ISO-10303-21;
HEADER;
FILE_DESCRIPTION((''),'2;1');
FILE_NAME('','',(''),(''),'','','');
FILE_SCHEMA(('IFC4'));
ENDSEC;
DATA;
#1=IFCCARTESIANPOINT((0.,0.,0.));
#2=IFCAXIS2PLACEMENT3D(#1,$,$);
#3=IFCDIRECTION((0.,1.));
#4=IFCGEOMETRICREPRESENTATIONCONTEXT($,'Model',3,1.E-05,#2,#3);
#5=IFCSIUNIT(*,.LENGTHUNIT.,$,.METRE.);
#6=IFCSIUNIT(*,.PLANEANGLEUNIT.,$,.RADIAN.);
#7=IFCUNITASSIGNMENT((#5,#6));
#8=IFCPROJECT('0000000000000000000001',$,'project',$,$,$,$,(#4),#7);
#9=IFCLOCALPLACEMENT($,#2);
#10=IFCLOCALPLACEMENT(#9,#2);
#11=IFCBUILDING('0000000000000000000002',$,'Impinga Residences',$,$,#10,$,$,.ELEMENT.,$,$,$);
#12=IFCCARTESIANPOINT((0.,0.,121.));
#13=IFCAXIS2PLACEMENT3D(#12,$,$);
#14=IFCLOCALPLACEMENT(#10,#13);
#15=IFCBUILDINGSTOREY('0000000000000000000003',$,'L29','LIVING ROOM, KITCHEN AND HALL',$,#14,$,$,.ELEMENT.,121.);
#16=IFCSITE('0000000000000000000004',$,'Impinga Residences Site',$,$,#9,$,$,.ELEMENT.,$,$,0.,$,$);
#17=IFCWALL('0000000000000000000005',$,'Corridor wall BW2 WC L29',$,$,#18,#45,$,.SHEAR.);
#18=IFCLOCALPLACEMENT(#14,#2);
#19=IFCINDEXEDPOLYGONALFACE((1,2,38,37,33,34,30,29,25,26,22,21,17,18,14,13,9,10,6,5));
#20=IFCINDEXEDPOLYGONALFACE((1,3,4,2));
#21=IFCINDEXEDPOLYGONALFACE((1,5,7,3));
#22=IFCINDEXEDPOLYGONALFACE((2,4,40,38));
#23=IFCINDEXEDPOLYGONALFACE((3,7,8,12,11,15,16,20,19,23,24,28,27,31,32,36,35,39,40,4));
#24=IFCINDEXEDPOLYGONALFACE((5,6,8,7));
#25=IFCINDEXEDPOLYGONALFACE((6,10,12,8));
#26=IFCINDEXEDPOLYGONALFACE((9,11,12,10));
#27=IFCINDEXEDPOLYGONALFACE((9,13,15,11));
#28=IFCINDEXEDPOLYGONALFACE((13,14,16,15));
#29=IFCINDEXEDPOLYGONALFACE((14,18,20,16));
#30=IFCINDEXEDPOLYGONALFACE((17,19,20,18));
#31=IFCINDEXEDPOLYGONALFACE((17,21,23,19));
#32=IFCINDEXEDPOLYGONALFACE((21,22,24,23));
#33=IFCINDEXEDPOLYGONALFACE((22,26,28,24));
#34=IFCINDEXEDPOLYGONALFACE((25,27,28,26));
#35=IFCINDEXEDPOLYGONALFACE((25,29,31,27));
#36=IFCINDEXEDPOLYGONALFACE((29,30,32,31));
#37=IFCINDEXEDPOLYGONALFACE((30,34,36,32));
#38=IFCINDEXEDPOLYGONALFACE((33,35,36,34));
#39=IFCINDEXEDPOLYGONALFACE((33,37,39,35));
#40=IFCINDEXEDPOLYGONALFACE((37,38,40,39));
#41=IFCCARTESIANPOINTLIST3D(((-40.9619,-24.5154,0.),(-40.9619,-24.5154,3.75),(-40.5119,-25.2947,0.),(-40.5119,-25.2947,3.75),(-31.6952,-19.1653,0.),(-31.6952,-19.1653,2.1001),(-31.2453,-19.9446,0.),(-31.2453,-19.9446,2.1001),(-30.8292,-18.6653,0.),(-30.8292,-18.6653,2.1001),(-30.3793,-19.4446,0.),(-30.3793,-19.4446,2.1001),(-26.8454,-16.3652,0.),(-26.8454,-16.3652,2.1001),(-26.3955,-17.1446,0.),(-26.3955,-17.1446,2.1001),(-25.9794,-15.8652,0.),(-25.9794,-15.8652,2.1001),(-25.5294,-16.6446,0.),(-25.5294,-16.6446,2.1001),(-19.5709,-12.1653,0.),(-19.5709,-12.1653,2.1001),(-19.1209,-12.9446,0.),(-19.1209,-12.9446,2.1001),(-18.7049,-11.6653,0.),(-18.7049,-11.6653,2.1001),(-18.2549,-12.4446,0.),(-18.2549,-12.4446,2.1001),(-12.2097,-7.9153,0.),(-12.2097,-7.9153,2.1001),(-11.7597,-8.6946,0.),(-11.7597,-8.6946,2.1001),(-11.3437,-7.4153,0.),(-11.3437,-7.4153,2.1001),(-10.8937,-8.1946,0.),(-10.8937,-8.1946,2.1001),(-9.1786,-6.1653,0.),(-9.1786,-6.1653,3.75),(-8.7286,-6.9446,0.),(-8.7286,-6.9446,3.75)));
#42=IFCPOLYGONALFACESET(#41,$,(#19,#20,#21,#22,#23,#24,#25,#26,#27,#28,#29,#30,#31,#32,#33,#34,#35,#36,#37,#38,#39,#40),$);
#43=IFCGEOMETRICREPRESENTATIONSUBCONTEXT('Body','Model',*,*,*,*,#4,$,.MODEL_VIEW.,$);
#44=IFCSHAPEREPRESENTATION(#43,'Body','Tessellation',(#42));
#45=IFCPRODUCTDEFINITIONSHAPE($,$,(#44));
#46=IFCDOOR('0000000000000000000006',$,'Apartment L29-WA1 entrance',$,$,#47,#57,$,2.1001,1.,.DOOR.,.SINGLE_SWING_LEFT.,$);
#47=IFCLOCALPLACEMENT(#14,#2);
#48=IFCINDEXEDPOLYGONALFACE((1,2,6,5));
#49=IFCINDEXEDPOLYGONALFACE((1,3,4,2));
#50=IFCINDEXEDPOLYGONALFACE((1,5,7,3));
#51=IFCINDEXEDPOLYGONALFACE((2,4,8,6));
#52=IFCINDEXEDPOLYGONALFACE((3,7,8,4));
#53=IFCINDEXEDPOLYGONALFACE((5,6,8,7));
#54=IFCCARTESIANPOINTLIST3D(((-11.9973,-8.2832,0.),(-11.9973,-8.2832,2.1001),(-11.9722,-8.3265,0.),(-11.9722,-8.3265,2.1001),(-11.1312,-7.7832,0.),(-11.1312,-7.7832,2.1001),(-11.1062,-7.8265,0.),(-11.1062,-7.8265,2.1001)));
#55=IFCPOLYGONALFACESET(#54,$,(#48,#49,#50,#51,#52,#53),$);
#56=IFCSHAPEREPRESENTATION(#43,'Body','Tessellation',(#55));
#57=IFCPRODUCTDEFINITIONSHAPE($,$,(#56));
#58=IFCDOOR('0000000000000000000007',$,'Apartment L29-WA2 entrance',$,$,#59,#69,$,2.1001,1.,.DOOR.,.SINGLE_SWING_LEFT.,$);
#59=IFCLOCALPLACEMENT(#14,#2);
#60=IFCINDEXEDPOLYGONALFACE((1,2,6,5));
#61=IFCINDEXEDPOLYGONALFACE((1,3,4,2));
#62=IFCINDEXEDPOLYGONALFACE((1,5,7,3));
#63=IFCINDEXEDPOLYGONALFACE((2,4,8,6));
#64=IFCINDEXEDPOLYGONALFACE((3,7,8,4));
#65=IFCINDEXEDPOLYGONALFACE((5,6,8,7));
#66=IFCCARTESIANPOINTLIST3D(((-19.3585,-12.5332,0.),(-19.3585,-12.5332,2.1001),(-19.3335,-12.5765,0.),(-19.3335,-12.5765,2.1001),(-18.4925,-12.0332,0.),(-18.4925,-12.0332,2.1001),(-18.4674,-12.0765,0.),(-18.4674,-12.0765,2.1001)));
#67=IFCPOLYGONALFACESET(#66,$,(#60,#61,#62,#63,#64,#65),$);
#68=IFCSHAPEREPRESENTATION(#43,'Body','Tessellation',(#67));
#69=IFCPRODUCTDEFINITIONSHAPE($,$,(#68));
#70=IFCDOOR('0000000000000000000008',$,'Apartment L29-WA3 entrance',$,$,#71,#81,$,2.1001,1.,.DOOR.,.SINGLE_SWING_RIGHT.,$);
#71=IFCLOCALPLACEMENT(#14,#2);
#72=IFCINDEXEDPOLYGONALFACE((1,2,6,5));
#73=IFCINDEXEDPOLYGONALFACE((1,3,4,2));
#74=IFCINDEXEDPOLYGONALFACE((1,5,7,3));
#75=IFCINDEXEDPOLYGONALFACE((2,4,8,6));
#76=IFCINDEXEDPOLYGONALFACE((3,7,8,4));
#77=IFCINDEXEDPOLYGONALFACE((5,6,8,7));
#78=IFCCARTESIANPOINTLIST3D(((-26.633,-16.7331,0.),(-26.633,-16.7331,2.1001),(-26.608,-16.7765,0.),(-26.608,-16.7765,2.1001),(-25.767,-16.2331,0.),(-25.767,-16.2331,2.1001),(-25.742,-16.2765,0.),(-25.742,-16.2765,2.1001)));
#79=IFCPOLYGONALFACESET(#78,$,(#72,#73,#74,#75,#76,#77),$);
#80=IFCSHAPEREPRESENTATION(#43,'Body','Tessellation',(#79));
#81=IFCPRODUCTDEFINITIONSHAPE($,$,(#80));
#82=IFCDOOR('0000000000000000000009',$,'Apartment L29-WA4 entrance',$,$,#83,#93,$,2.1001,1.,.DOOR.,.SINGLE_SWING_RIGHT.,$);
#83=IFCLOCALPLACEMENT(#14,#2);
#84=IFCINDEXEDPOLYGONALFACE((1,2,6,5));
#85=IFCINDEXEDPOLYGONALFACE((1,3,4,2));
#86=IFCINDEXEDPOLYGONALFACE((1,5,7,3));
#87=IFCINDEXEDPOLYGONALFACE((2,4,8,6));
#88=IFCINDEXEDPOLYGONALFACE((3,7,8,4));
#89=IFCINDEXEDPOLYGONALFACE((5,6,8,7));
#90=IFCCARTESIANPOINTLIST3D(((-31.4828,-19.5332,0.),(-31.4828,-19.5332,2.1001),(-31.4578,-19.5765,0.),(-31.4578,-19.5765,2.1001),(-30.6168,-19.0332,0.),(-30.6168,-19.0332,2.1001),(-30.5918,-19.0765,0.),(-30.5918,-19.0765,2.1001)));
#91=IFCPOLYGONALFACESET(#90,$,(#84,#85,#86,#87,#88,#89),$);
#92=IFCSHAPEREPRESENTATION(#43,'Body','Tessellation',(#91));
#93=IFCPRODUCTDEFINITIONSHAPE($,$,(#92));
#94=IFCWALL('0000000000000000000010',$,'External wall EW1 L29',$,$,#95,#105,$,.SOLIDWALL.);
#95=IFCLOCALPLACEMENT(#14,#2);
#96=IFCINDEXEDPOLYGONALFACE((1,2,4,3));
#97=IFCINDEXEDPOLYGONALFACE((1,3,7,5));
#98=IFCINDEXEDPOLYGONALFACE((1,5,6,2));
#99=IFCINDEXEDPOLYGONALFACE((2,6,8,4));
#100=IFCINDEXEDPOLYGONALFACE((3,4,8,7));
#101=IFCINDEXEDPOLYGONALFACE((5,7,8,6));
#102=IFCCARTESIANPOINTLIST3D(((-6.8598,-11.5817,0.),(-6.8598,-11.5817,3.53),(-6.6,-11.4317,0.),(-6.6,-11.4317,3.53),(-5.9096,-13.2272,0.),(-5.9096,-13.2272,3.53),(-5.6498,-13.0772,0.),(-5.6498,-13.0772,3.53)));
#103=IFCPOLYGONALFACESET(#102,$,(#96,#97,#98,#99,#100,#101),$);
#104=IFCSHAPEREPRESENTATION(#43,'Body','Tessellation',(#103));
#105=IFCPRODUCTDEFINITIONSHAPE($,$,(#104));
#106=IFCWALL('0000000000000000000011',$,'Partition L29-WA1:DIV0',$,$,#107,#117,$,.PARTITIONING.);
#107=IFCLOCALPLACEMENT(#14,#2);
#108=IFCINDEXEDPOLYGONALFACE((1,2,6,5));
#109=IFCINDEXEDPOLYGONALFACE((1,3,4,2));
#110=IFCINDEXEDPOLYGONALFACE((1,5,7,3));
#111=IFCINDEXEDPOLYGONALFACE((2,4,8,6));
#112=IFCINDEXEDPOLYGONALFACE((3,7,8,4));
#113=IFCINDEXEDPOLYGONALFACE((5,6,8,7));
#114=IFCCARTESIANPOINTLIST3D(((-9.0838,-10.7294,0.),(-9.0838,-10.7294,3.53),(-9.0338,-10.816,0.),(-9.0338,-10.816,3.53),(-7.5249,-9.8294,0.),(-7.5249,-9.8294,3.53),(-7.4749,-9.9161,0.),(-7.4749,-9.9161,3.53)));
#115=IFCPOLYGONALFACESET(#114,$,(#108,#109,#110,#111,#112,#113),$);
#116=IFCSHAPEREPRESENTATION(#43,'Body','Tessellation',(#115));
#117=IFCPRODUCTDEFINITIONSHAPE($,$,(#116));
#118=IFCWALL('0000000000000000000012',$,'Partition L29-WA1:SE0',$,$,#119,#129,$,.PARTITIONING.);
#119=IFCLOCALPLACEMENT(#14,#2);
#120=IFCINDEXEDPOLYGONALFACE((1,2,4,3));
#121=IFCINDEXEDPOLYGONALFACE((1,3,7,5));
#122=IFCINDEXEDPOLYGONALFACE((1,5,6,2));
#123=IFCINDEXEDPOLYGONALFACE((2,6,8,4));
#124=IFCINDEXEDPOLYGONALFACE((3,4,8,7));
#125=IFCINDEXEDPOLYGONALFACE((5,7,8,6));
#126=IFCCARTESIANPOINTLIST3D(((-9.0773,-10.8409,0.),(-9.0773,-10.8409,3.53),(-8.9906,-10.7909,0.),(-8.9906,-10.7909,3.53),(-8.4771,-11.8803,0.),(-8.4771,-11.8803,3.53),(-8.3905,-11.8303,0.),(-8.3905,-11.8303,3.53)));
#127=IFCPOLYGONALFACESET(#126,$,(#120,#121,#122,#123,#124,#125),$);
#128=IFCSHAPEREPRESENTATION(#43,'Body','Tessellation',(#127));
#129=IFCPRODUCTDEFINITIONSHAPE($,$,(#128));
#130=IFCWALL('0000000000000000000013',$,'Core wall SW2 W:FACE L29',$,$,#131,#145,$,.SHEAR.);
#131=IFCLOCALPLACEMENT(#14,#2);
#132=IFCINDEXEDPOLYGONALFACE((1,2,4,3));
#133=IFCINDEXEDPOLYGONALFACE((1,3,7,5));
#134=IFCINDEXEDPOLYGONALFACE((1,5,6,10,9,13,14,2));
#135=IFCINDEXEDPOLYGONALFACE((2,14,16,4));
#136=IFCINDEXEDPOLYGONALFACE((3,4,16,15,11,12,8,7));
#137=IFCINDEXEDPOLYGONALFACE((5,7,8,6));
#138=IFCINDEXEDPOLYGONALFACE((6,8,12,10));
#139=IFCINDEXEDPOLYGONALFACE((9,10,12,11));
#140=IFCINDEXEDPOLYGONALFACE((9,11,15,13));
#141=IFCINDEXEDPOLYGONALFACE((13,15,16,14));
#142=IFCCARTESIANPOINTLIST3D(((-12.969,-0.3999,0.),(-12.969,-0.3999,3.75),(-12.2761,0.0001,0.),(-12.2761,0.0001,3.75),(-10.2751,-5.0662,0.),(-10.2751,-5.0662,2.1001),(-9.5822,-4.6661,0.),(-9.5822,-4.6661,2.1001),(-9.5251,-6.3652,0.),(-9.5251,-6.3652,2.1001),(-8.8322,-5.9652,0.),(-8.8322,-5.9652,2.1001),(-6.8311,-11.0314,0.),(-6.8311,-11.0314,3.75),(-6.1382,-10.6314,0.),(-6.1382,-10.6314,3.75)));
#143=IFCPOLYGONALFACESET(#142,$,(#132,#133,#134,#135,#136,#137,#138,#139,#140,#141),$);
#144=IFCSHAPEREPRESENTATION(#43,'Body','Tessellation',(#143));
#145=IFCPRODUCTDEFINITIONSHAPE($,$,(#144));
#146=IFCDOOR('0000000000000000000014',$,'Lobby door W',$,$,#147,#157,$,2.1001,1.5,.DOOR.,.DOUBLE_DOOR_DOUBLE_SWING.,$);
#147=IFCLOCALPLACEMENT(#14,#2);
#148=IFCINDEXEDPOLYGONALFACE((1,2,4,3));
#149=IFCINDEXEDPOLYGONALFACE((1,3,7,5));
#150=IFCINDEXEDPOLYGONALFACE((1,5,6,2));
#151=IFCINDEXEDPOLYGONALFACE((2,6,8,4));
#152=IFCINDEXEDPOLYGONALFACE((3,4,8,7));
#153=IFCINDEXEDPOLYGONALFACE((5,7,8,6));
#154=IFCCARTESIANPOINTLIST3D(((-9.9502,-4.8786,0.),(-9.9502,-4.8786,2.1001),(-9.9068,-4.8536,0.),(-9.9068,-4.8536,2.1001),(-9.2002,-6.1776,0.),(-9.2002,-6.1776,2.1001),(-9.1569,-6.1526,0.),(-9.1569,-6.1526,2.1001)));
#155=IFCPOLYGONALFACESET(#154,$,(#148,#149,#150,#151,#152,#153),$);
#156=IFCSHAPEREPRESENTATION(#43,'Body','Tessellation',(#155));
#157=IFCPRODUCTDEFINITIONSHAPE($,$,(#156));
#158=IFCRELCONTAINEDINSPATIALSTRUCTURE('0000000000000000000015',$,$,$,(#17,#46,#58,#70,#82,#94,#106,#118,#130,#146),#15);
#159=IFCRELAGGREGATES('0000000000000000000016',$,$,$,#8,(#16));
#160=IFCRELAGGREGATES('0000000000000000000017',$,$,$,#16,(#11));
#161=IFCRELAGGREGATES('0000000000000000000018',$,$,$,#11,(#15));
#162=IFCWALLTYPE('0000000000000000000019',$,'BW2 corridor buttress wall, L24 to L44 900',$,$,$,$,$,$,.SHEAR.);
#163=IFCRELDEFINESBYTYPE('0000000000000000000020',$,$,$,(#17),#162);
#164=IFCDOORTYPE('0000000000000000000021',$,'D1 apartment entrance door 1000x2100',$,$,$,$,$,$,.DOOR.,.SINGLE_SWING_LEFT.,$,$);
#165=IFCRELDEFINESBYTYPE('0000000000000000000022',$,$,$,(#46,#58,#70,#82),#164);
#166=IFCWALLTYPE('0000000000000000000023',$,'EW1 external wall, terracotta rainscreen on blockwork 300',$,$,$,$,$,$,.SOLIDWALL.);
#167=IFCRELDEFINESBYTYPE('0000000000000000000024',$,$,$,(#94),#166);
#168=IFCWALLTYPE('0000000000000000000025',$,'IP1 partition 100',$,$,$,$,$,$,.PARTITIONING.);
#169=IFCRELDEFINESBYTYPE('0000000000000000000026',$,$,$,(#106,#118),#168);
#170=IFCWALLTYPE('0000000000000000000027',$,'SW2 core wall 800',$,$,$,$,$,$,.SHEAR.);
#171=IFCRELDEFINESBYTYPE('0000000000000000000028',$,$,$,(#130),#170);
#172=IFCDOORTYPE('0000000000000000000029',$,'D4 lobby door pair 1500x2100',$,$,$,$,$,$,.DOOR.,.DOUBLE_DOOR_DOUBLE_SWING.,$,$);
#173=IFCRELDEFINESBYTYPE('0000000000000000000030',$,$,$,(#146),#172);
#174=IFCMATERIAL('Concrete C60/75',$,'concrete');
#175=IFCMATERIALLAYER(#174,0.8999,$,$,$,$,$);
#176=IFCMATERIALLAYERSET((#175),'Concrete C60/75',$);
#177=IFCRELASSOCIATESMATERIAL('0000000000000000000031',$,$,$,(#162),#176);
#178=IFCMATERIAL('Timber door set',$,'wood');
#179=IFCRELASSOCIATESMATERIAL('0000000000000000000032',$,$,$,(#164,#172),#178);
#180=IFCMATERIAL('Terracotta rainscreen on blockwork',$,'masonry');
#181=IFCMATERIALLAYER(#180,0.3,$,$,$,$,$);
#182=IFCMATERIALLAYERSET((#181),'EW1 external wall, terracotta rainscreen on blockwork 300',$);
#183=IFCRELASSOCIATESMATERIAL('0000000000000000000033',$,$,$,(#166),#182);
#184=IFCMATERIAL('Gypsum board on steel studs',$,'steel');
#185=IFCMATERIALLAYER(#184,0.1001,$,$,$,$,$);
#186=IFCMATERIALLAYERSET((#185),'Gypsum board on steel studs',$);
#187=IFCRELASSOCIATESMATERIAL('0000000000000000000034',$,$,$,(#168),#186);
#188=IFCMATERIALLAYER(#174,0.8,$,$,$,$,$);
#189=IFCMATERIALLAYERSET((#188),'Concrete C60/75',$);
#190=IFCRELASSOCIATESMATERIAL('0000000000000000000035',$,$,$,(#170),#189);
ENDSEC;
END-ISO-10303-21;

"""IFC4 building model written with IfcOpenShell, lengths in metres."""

from ifc_helpers import new_model, si_unit, direction, frame, frame_2d, origin, place, context, subcontext, project, spatial, rectangle, extrude, material, layer, layer_set, type_object, element, fill, save


model = new_model("IFC4")

# Units and contexts
model_context = context("Model", 3, precision=1e-05, world=origin(), true_north=direction((0.0, 1.0)))
body_context = subcontext(model_context, "Body", "Model", "MODEL_VIEW")
ifc_project = project(units=[si_unit("LENGTHUNIT", "METRE"), si_unit("PLANEANGLEUNIT", "RADIAN")], contexts=[model_context])

# Site, building, storey
site_placement = place(None, origin())
site = spatial("IfcSite", under=ifc_project, at=site_placement, Name="Impinga Residences Site", CompositionType="ELEMENT", RefElevation=0.0)
building_placement = place(site_placement, origin())
building = spatial("IfcBuilding", under=site, at=building_placement, Name="Impinga Residences", CompositionType="ELEMENT")
storey_placement = place(building_placement, frame((0.0, 0.0, 121.0)))
storey = spatial("IfcBuildingStorey", under=building, at=storey_placement, Name="L29", Description="LIVING ROOM, KITCHEN AND HALL", CompositionType="ELEMENT", Elevation=121.0)

# Wall, openings, doors
ifc_material_1 = material(Name="Concrete C60/75", Category="concrete")
ifc_layer_1 = layer(ifc_material_1, 0.8999)
ifc_layer_set_1 = layer_set([ifc_layer_1], Name="Concrete C60/75")
wall_type_1 = type_object("IfcWallType", Name="BW2 corridor buttress wall, L24 to L44 900", PredefinedType="SHEAR", material=ifc_layer_set_1)
wall_1_placement = place(storey_placement, frame((-8.9536, -6.5549, 0.0), z_axis=(0.0, 0.0, 1.0), x_axis=(-0.866025, -0.500001, 0.0)))
wall_1 = element("IfcWall", 1, at=wall_1_placement, inside=storey, type_object=wall_type_1, Name="Corridor wall BW2 WC L29", PredefinedType="SHEAR", context=body_context, shape_type="SweptSolid", body=[
    extrude(rectangle(XDim=36.7002, YDim=0.8999, at=frame_2d((18.3501, 0.0))), origin(), (0.0, 0.0, 1.0), 3.75),
])
opening_1_placement = place(wall_1_placement, frame((2.5, 0.0, 0.0)))
opening_1 = element("IfcOpeningElement", 2, at=opening_1_placement, cuts=wall_1, PredefinedType="OPENING", context=body_context, shape_type="SweptSolid", body=[
    extrude(rectangle(XDim=1.0, YDim=2.1001, at=frame_2d((0.5, 1.05))), frame((0.0, 0.46, 0.0), z_axis=(0.0, -1.0, 0.0), x_axis=(1.0, 0.0, 0.0)), (0.0, 0.0, 1.0), 0.9199),
])
opening_2_placement = place(wall_1_placement, frame((11.0, 0.0, 0.0)))
opening_2 = element("IfcOpeningElement", 3, at=opening_2_placement, cuts=wall_1, PredefinedType="OPENING", context=body_context, shape_type="SweptSolid", body=[
    extrude(rectangle(XDim=1.0, YDim=2.1001, at=frame_2d((0.5, 1.05))), frame((0.0, 0.46, 0.0), z_axis=(0.0, -1.0, 0.0), x_axis=(1.0, 0.0, 0.0)), (0.0, 0.0, 1.0), 0.9199),
])
opening_3_placement = place(wall_1_placement, frame((19.3999, 0.0, 0.0)))
opening_3 = element("IfcOpeningElement", 4, at=opening_3_placement, cuts=wall_1, PredefinedType="OPENING", context=body_context, shape_type="SweptSolid", body=[
    extrude(rectangle(XDim=1.0, YDim=2.1001, at=frame_2d((0.5, 1.05))), frame((0.0, 0.46, 0.0), z_axis=(0.0, -1.0, 0.0), x_axis=(1.0, 0.0, 0.0)), (0.0, 0.0, 1.0), 0.9199),
])
opening_4_placement = place(wall_1_placement, frame((25.0, 0.0, 0.0)))
opening_4 = element("IfcOpeningElement", 5, at=opening_4_placement, cuts=wall_1, PredefinedType="OPENING", context=body_context, shape_type="SweptSolid", body=[
    extrude(rectangle(XDim=1.0, YDim=2.1001, at=frame_2d((0.5, 1.05))), frame((0.0, 0.46, 0.0), z_axis=(0.0, -1.0, 0.0), x_axis=(1.0, 0.0, 0.0)), (0.0, 0.0, 1.0), 0.9199),
])
ifc_material_2 = material(Name="Timber door set", Category="wood")
door_type_1 = type_object("IfcDoorType", Name="D1 apartment entrance door 1000x2100", OperationType="SINGLE_SWING_LEFT", PredefinedType="DOOR", material=ifc_material_2)
door_1_placement = place(opening_1_placement, origin())
door_1 = element("IfcDoor", 6, at=door_1_placement, inside=storey, type_object=door_type_1, Name="Apartment L29-WA1 entrance", OperationType="SINGLE_SWING_LEFT", OverallHeight=2.1001, OverallWidth=1.0, PredefinedType="DOOR", context=body_context, shape_type="SweptSolid", body=[
    extrude(rectangle(XDim=1.0, YDim=2.1001, at=frame_2d((0.5, 1.05))), frame((0.0, 0.0249, 0.0), z_axis=(0.0, -1.0, 0.0), x_axis=(1.0, 0.0, 0.0)), (0.0, 0.0, 1.0), 0.05),
])
fill(opening_1, door_1)
door_2_placement = place(opening_2_placement, origin())
door_2 = element("IfcDoor", 7, at=door_2_placement, inside=storey, type_object=door_type_1, Name="Apartment L29-WA2 entrance", OperationType="SINGLE_SWING_LEFT", OverallHeight=2.1001, OverallWidth=1.0, PredefinedType="DOOR", context=body_context, shape_type="SweptSolid", body=[
    extrude(rectangle(XDim=1.0, YDim=2.1001, at=frame_2d((0.5, 1.05))), frame((0.0, 0.0249, 0.0), z_axis=(0.0, -1.0, 0.0), x_axis=(1.0, 0.0, 0.0)), (0.0, 0.0, 1.0), 0.05),
])
fill(opening_2, door_2)
door_3_placement = place(opening_3_placement, origin())
door_3 = element("IfcDoor", 8, at=door_3_placement, inside=storey, type_object=door_type_1, Name="Apartment L29-WA3 entrance", OperationType="SINGLE_SWING_RIGHT", OverallHeight=2.1001, OverallWidth=1.0, PredefinedType="DOOR", context=body_context, shape_type="SweptSolid", body=[
    extrude(rectangle(XDim=1.0, YDim=2.1001, at=frame_2d((0.5, 1.05))), frame((0.0, 0.0249, 0.0), z_axis=(0.0, -1.0, 0.0), x_axis=(1.0, 0.0, 0.0)), (0.0, 0.0, 1.0), 0.05),
])
fill(opening_3, door_3)
door_4_placement = place(opening_4_placement, origin())
door_4 = element("IfcDoor", 9, at=door_4_placement, inside=storey, type_object=door_type_1, Name="Apartment L29-WA4 entrance", OperationType="SINGLE_SWING_RIGHT", OverallHeight=2.1001, OverallWidth=1.0, PredefinedType="DOOR", context=body_context, shape_type="SweptSolid", body=[
    extrude(rectangle(XDim=1.0, YDim=2.1001, at=frame_2d((0.5, 1.05))), frame((0.0, 0.0249, 0.0), z_axis=(0.0, -1.0, 0.0), x_axis=(1.0, 0.0, 0.0)), (0.0, 0.0, 1.0), 0.05),
])
fill(opening_4, door_4)

# Walls
ifc_material_3 = material(Name="Terracotta rainscreen on blockwork", Category="masonry")
ifc_layer_2 = layer(ifc_material_3, 0.3)
ifc_layer_set_2 = layer_set([ifc_layer_2], Name="EW1 external wall, terracotta rainscreen on blockwork 300")
wall_type_2 = type_object("IfcWallType", Name="EW1 external wall, terracotta rainscreen on blockwork 300", PredefinedType="SOLIDWALL", material=ifc_layer_set_2)
wall_2_placement = place(storey_placement, frame((-6.73, -11.5066, 0.0), z_axis=(0.0, 0.0, 1.0), x_axis=(0.500064, -0.865989, 0.0)))
element("IfcWall", 10, at=wall_2_placement, inside=storey, type_object=wall_type_2, Name="External wall EW1 L29", PredefinedType="SOLIDWALL", context=body_context, shape_type="SweptSolid", body=[
    extrude(rectangle(XDim=1.9001, YDim=0.3, at=frame_2d((0.9502, 0.0))), origin(), (0.0, 0.0, 1.0), 3.53),
])
ifc_material_4 = material(Name="Gypsum board on steel studs", Category="steel")
ifc_layer_3 = layer(ifc_material_4, 0.1001)
ifc_layer_set_3 = layer_set([ifc_layer_3], Name="Gypsum board on steel studs")
wall_type_3 = type_object("IfcWallType", Name="IP1 partition 100", PredefinedType="PARTITIONING", material=ifc_layer_set_3)
wall_3_placement = place(storey_placement, frame((-7.5, -9.8728, 0.0), z_axis=(0.0, 0.0, 1.0), x_axis=(-0.866048, -0.499961, 0.0)))
element("IfcWall", 11, at=wall_3_placement, inside=storey, type_object=wall_type_3, Name="Partition L29-WA1:DIV0", PredefinedType="PARTITIONING", context=body_context, shape_type="SweptSolid", body=[
    extrude(rectangle(XDim=1.8, YDim=0.1001, at=frame_2d((0.8999, 0.0))), origin(), (0.0, 0.0, 1.0), 3.53),
])
wall_4_placement = place(storey_placement, frame((-9.0339, -10.8159, 0.0), z_axis=(0.0, 0.0, 1.0), x_axis=(0.500034, -0.866006, 0.0)))
element("IfcWall", 12, at=wall_4_placement, inside=storey, type_object=wall_type_3, Name="Partition L29-WA1:SE0", PredefinedType="PARTITIONING", context=body_context, shape_type="SweptSolid", body=[
    extrude(rectangle(XDim=1.2002, YDim=0.1001, at=frame_2d((0.6001, 0.0))), origin(), (0.0, 0.0, 1.0), 3.53),
])

# Wall, opening, door
ifc_layer_4 = layer(ifc_material_1, 0.8)
ifc_layer_set_4 = layer_set([ifc_layer_4], Name="Concrete C60/75")
wall_type_4 = type_object("IfcWallType", Name="SW2 core wall 800", PredefinedType="SHEAR", material=ifc_layer_set_4)
wall_5_placement = place(storey_placement, frame((-6.4846, -10.8315, 0.0), z_axis=(0.0, 0.0, 1.0), x_axis=(-0.499987, 0.866033, 0.0)))
wall_5 = element("IfcWall", 13, at=wall_5_placement, inside=storey, type_object=wall_type_4, Name="Core wall SW2 W:FACE L29", PredefinedType="SHEAR", context=body_context, shape_type="SweptSolid", body=[
    extrude(rectangle(XDim=12.2761, YDim=0.8, at=frame_2d((6.1382, 0.0))), origin(), (0.0, 0.0, 1.0), 3.75),
])
opening_5_placement = place(wall_5_placement, frame((5.3882, 0.0, 0.0)))
opening_5 = element("IfcOpeningElement", 14, at=opening_5_placement, cuts=wall_5, PredefinedType="OPENING", context=body_context, shape_type="SweptSolid", body=[
    extrude(rectangle(XDim=1.5, YDim=2.1001, at=frame_2d((0.75, 1.05))), frame((0.0, 0.4099, 0.0), z_axis=(0.0, -1.0, 0.0), x_axis=(1.0, 0.0, 0.0)), (0.0, 0.0, 1.0), 0.8201),
])
door_type_2 = type_object("IfcDoorType", Name="D4 lobby door pair 1500x2100", OperationType="DOUBLE_DOOR_DOUBLE_SWING", PredefinedType="DOOR", material=ifc_material_2)
door_5_placement = place(opening_5_placement, origin())
door_5 = element("IfcDoor", 15, at=door_5_placement, inside=storey, type_object=door_type_2, Name="Lobby door W", OperationType="DOUBLE_DOOR_DOUBLE_SWING", OverallHeight=2.1001, OverallWidth=1.5, PredefinedType="DOOR", context=body_context, shape_type="SweptSolid", body=[
    extrude(rectangle(XDim=1.5, YDim=2.1001, at=frame_2d((0.75, 1.05))), frame((0.0, 0.0249, 0.0), z_axis=(0.0, -1.0, 0.0), x_axis=(1.0, 0.0, 0.0)), (0.0, 0.0, 1.0), 0.05),
])
fill(opening_5, door_5)

save(model, "model.ifc")
